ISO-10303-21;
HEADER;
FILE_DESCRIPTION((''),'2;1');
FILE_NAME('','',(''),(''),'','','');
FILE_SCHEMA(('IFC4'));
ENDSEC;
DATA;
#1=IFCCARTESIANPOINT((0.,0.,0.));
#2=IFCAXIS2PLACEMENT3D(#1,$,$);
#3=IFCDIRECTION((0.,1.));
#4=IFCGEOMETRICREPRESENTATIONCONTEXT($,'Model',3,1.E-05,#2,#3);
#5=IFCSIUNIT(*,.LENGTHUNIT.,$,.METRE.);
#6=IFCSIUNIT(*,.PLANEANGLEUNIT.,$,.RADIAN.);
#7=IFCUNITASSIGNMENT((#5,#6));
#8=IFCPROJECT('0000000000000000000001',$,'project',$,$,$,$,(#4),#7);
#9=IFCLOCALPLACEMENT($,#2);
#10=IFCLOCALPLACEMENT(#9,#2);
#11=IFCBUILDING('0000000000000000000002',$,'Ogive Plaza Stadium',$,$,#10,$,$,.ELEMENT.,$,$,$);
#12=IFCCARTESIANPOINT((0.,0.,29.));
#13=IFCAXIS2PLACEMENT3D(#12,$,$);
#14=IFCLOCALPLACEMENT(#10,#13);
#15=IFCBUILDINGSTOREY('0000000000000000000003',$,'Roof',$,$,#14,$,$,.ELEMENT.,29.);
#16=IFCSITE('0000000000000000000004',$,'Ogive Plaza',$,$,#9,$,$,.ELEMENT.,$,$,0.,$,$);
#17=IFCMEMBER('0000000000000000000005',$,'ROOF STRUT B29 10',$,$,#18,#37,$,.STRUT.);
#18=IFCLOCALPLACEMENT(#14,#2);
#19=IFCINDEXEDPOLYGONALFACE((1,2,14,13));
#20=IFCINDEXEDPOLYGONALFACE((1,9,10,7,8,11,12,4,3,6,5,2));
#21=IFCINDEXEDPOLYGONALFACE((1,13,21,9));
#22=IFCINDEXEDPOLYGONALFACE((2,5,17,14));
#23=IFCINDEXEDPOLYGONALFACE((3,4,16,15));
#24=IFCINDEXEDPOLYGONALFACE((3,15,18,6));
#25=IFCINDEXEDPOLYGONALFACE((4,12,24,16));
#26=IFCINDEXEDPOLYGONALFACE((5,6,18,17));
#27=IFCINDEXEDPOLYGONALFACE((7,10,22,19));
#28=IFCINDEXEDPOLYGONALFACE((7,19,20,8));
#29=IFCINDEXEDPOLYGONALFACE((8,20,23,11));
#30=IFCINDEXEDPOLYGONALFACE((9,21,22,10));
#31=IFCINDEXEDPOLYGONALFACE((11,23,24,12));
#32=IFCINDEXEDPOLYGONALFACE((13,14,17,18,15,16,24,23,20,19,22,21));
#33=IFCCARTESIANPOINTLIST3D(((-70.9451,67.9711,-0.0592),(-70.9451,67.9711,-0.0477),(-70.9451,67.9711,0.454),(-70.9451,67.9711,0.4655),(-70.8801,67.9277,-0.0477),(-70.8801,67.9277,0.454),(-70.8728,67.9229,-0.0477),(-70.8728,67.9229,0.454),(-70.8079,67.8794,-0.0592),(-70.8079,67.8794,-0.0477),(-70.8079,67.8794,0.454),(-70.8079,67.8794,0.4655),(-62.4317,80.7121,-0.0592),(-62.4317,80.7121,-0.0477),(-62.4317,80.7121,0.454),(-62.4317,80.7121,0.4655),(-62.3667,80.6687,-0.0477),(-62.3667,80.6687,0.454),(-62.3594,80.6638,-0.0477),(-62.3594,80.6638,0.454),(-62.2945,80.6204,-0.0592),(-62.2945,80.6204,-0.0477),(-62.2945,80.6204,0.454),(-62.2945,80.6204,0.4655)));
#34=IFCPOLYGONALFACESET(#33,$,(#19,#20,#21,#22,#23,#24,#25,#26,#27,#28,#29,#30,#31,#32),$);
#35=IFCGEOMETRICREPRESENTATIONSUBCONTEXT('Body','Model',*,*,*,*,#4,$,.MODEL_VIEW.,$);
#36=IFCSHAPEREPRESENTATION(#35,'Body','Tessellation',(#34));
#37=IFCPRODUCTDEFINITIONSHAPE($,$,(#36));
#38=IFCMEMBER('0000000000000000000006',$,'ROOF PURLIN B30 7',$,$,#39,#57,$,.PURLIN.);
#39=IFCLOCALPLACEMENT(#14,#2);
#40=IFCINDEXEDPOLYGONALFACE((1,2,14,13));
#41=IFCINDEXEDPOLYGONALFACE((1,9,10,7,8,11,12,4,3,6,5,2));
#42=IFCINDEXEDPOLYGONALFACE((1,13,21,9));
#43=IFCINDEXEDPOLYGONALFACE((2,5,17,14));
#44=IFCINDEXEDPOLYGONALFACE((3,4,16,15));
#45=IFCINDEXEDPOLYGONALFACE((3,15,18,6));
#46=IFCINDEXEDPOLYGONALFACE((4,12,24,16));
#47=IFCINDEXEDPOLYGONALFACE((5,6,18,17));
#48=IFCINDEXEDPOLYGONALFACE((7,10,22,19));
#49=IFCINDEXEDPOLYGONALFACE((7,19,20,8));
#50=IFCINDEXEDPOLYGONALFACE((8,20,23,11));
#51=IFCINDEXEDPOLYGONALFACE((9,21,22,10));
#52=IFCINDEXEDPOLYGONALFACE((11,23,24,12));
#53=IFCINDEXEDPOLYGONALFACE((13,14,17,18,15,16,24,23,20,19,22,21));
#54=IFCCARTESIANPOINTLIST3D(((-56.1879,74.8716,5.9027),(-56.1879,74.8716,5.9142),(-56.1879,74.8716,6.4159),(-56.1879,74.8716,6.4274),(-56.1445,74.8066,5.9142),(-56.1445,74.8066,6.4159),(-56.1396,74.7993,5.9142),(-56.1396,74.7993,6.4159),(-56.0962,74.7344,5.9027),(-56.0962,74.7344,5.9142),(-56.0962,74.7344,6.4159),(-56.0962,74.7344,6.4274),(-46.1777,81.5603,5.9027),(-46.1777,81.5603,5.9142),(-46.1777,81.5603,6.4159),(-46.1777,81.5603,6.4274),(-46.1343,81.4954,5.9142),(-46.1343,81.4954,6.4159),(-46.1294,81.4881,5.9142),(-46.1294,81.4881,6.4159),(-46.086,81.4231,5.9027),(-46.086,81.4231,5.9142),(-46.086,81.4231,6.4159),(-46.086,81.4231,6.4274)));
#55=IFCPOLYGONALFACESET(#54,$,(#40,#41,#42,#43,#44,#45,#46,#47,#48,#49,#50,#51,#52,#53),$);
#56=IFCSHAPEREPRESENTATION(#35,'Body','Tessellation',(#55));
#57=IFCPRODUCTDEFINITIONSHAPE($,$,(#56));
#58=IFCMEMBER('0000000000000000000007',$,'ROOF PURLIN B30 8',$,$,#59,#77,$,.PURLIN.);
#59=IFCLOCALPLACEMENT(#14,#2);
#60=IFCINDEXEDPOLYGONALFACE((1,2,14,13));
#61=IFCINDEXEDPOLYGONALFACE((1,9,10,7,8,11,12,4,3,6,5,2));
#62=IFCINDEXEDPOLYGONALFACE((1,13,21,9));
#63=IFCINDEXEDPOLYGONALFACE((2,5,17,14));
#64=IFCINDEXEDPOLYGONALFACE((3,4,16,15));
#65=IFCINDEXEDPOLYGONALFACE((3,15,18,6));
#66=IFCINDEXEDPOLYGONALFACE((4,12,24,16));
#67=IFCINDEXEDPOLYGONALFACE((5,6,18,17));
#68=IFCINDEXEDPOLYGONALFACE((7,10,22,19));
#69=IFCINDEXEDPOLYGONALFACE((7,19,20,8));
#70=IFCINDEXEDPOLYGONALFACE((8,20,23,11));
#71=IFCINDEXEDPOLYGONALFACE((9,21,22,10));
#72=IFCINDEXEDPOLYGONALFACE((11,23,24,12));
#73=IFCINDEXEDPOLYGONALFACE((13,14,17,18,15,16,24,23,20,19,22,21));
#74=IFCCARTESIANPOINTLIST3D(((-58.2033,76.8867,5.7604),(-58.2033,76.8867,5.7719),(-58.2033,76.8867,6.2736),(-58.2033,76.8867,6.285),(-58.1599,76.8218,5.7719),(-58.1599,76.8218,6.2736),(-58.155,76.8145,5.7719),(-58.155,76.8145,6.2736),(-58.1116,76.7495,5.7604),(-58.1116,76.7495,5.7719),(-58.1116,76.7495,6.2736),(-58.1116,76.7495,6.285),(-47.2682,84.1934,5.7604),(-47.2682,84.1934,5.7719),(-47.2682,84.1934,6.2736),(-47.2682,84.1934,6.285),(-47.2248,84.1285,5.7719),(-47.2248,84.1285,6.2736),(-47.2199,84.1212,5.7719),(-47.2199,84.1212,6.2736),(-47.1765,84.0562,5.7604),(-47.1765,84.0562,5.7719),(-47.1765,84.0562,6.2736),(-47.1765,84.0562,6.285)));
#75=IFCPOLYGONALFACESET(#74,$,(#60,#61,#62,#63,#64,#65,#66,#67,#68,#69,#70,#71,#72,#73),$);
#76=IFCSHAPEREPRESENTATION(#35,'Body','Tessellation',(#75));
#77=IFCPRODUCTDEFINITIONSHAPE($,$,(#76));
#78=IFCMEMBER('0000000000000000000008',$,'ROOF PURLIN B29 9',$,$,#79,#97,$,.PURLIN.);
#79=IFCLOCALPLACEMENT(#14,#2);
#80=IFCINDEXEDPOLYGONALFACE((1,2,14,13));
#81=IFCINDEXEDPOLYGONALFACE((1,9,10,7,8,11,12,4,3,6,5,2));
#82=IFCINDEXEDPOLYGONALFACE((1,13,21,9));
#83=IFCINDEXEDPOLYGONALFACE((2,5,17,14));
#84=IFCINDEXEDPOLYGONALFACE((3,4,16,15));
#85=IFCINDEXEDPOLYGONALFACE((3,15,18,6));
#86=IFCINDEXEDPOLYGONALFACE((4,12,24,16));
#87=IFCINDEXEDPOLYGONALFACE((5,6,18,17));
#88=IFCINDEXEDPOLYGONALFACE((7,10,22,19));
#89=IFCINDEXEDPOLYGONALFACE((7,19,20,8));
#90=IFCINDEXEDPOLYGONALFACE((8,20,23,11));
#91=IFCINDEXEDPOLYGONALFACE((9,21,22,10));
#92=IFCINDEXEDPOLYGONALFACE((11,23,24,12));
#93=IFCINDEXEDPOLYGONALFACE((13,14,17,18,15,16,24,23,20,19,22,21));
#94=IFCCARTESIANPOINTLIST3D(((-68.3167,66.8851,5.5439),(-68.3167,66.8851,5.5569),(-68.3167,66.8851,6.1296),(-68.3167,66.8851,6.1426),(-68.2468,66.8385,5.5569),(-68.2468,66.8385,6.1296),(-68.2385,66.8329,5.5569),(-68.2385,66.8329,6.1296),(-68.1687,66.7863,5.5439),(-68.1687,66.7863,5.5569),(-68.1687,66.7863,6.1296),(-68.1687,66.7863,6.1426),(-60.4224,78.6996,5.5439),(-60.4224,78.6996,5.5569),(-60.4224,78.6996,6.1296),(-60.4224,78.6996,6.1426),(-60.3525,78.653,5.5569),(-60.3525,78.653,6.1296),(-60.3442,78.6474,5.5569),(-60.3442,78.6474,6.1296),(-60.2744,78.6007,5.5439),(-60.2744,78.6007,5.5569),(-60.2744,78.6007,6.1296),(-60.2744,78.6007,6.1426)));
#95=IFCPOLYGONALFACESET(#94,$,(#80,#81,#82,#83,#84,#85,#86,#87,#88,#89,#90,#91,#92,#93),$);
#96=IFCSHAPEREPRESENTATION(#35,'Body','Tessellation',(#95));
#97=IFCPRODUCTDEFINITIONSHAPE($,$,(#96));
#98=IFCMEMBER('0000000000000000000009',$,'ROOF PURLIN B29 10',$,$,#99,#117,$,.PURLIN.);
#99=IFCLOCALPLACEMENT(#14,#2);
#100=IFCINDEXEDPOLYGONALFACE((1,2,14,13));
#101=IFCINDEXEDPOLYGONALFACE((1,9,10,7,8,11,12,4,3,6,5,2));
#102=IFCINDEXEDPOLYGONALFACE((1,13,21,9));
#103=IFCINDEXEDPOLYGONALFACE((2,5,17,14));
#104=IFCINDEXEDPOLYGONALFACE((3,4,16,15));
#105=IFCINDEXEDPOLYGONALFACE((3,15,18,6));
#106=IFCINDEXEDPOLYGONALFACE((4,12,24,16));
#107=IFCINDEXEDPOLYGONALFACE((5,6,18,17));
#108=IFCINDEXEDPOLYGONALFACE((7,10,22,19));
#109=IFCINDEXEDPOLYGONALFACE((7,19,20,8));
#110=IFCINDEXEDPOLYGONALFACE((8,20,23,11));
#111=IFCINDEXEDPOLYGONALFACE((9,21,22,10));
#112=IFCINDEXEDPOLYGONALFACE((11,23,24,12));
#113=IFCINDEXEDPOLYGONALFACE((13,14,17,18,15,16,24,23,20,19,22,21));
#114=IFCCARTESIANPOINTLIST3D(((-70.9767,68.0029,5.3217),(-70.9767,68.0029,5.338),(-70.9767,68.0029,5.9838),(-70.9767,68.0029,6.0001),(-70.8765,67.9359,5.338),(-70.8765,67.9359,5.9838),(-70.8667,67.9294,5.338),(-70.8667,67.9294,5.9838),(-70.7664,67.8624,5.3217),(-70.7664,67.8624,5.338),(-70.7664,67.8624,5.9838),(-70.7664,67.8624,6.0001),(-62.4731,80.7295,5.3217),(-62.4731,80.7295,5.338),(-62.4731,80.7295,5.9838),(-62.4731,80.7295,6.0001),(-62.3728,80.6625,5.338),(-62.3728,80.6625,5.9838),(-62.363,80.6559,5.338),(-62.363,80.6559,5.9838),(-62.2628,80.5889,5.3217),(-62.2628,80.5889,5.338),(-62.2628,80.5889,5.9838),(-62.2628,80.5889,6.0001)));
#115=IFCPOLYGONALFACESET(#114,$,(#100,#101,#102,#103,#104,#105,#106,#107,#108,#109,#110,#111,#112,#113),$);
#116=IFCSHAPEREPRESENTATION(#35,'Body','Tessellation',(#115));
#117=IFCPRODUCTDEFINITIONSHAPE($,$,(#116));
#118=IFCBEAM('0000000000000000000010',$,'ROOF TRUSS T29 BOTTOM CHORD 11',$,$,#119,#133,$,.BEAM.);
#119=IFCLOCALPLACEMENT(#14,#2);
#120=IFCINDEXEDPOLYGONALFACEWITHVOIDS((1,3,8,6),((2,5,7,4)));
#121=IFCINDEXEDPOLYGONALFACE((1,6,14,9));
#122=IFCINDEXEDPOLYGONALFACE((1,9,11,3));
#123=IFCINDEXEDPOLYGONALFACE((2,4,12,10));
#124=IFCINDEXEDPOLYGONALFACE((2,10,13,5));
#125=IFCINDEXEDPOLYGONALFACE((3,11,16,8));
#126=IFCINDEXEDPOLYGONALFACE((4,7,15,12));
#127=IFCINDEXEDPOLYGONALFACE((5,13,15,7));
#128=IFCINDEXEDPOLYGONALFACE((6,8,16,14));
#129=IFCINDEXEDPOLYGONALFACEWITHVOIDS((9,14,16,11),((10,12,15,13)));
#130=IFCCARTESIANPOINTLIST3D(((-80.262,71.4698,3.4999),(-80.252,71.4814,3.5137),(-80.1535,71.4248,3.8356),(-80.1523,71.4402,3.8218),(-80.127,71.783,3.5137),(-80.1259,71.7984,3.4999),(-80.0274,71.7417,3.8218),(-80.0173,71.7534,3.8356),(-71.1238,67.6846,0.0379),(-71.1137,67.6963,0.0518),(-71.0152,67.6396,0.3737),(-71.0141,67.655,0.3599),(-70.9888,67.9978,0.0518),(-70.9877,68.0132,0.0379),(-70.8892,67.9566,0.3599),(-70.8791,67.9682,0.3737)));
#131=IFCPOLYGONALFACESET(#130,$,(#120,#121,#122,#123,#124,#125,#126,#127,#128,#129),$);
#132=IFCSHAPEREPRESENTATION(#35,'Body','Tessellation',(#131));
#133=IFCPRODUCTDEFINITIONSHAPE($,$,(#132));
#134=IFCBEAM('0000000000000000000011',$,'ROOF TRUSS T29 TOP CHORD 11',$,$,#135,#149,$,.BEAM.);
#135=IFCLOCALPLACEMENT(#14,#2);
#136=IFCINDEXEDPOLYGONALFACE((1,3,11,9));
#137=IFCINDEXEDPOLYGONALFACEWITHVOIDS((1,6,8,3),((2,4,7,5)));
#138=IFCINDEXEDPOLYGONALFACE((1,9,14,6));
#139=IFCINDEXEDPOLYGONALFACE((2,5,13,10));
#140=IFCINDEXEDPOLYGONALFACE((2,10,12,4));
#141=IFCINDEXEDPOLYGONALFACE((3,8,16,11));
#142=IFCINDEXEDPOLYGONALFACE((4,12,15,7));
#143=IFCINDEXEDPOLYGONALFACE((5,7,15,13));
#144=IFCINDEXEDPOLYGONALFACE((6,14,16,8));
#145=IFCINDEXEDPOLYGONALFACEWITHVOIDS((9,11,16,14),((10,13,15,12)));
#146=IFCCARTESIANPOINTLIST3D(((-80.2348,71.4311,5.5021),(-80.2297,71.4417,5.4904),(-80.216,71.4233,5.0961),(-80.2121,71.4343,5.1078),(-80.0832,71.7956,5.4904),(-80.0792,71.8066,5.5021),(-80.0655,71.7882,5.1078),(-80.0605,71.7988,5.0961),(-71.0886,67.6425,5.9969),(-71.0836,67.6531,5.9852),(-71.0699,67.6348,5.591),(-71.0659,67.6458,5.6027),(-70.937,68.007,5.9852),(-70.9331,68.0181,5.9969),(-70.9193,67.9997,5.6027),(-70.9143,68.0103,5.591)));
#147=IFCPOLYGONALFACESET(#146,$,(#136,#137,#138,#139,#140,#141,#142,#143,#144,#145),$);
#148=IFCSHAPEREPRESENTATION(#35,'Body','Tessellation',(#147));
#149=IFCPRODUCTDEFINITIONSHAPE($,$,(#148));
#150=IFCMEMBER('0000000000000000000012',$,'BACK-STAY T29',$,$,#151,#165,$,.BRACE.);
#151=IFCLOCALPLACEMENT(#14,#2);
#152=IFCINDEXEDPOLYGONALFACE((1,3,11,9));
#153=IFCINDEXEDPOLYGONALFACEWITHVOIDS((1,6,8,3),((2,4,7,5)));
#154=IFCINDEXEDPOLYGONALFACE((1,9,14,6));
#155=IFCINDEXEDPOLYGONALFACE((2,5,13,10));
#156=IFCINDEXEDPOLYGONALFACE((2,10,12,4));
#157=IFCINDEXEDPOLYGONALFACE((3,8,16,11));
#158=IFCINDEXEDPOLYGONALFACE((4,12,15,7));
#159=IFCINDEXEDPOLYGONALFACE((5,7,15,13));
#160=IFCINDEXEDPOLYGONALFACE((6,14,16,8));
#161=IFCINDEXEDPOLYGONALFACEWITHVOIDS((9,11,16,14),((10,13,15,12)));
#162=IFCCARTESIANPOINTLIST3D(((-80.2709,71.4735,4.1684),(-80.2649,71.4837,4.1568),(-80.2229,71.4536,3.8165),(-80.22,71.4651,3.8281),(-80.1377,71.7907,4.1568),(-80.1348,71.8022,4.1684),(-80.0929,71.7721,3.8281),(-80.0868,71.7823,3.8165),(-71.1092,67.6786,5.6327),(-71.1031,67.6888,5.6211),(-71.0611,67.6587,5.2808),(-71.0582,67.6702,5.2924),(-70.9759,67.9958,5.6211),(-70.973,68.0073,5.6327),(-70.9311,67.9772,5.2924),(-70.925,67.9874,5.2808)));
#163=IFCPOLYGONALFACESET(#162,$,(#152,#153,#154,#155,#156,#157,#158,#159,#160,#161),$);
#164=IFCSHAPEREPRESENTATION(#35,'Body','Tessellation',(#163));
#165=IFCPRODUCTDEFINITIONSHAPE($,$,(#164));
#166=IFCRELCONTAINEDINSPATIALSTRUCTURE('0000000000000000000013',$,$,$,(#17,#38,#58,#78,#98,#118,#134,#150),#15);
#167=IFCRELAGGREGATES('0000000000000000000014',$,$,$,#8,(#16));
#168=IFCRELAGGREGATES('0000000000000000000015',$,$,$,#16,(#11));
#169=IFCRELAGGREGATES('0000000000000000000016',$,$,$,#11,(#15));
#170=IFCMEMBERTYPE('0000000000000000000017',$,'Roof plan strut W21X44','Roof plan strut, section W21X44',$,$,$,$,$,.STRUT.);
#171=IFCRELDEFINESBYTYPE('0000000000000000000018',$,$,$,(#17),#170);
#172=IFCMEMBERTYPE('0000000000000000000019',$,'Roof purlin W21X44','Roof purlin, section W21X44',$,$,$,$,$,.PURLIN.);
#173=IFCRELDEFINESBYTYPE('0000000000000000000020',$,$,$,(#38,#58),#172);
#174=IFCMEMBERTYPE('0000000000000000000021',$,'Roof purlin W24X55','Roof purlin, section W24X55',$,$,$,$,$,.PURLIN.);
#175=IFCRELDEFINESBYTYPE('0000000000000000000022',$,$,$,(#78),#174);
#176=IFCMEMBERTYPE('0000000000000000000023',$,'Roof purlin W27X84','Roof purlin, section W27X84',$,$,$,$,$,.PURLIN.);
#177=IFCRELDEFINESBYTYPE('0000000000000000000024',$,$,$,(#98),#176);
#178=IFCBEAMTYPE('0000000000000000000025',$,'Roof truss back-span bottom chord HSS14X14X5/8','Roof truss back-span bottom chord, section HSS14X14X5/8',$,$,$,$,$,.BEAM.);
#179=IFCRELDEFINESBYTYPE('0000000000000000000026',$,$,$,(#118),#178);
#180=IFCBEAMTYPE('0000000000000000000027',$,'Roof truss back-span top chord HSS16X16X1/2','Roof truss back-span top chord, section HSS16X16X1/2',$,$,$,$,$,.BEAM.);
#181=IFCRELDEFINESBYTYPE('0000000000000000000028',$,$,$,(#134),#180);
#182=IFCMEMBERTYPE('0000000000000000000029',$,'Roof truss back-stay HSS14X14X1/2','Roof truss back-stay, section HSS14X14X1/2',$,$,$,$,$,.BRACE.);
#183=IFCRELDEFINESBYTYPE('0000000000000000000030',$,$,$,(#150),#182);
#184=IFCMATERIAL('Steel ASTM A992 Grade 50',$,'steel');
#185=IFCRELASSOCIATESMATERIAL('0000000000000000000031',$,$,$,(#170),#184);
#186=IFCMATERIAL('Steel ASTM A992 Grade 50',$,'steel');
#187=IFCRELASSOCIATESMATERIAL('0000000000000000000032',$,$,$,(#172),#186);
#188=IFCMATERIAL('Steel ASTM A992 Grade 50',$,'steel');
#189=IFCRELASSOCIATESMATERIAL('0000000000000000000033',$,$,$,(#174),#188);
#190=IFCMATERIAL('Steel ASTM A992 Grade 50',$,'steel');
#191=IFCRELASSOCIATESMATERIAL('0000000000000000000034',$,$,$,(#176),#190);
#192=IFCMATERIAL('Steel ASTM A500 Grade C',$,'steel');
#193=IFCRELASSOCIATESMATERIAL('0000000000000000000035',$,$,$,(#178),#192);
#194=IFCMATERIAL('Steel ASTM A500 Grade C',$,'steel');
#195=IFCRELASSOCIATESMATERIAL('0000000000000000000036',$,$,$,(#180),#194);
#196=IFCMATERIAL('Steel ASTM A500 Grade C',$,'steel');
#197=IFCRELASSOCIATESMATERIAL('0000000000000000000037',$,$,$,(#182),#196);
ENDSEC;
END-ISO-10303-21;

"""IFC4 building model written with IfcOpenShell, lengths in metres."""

from ifc_helpers import new_model, si_unit, direction, frame, origin, origin_2d, place, context, subcontext, project, spatial, hollow_rectangle, i_section, extrude, material, material_profile, profile_set, type_object, element, save


model = new_model("IFC4")

# Units and contexts
model_context = context("Model", 3, precision=1e-05, world=origin(), true_north=direction((0.0, 1.0)))
body_context = subcontext(model_context, "Body", "Model", "MODEL_VIEW")
ifc_project = project(units=[si_unit("LENGTHUNIT", "METRE"), si_unit("PLANEANGLEUNIT", "RADIAN")], contexts=[model_context])

# Site, building, storey
site_placement = place(None, origin())
site = spatial("IfcSite", under=ifc_project, at=site_placement, Name="Ogive Plaza", CompositionType="ELEMENT", RefElevation=0.0)
building_placement = place(site_placement, origin())
building = spatial("IfcBuilding", under=site, at=building_placement, Name="Ogive Plaza Stadium", CompositionType="ELEMENT")
storey_placement = place(building_placement, frame((0.0, 0.0, 29.0)))
storey = spatial("IfcBuildingStorey", under=building, at=storey_placement, Name="Roof", CompositionType="ELEMENT", Elevation=29.0)

# Members
ifc_material_1 = material(Name="Steel ASTM A992 Grade 50", Category="steel")
ifc_material_profile_1 = material_profile(ifc_material_1, i_section(OverallWidth=0.165, OverallDepth=0.5247, WebThickness=0.0088, FlangeThickness=0.0115, at=origin_2d()), Name="W21X44")
ifc_profile_set_1 = profile_set([ifc_material_profile_1], Name="Steel ASTM A992 Grade 50")
member_type_1 = type_object("IfcMemberType", Name="Roof plan strut W21X44", Description="Roof plan strut, section W21X44", PredefinedType="STRUT", material=ifc_profile_set_1)
member_1_placement = place(storey_placement, frame((-70.8765, 67.9253, 0.2031), z_axis=(0.555579, 0.831464, 0.0), x_axis=(-0.831464, 0.555579, 0.0)))
element("IfcMember", 1, at=member_1_placement, inside=storey, type_object=member_type_1, Name="ROOF STRUT B29 10", PredefinedType="STRUT", context=body_context, shape_type="SweptSolid", body=[
    extrude(i_section(OverallWidth=0.165, OverallDepth=0.5247, WebThickness=0.0088, FlangeThickness=0.0115, at=origin_2d()), origin(), (0.0, 0.0, 1.0), 15.3235),
])
ifc_material_2 = material(Name="Steel ASTM A992 Grade 50", Category="steel")
ifc_material_profile_2 = material_profile(ifc_material_2, i_section(OverallWidth=0.165, OverallDepth=0.5247, WebThickness=0.0088, FlangeThickness=0.0115, at=origin_2d()), Name="W21X44")
ifc_profile_set_2 = profile_set([ifc_material_profile_2], Name="Steel ASTM A992 Grade 50")
member_type_2 = type_object("IfcMemberType", Name="Roof purlin W21X44", Description="Roof purlin, section W21X44", PredefinedType="PURLIN", material=ifc_profile_set_2)
member_2_placement = place(storey_placement, frame((-56.1421, 74.803, 6.165), z_axis=(0.831466, 0.555575, 0.0), x_axis=(-0.555575, 0.831466, 0.0)))
element("IfcMember", 2, at=member_2_placement, inside=storey, type_object=member_type_2, Name="ROOF PURLIN B30 7", PredefinedType="PURLIN", context=body_context, shape_type="SweptSolid", body=[
    extrude(i_section(OverallWidth=0.165, OverallDepth=0.5247, WebThickness=0.0088, FlangeThickness=0.0115, at=origin_2d()), origin(), (0.0, 0.0, 1.0), 12.0393),
])
member_3_placement = place(storey_placement, frame((-58.1575, 76.8181, 6.0227), z_axis=(0.831467, 0.555574, 0.0), x_axis=(-0.555574, 0.831467, 0.0)))
element("IfcMember", 3, at=member_3_placement, inside=storey, type_object=member_type_2, Name="ROOF PURLIN B30 8", PredefinedType="PURLIN", context=body_context, shape_type="SweptSolid", body=[
    extrude(i_section(OverallWidth=0.165, OverallDepth=0.5247, WebThickness=0.0088, FlangeThickness=0.0115, at=origin_2d()), origin(), (0.0, 0.0, 1.0), 13.1516),
])
ifc_material_3 = material(Name="Steel ASTM A992 Grade 50", Category="steel")
ifc_material_profile_3 = material_profile(ifc_material_3, i_section(OverallWidth=0.178, OverallDepth=0.5986, WebThickness=0.01, FlangeThickness=0.0129, at=origin_2d()), Name="W24X55")
ifc_profile_set_3 = profile_set([ifc_material_profile_3], Name="Steel ASTM A992 Grade 50")
member_type_3 = type_object("IfcMemberType", Name="Roof purlin W24X55", Description="Roof purlin, section W24X55", PredefinedType="PURLIN", material=ifc_profile_set_3)
member_4_placement = place(storey_placement, frame((-68.2427, 66.8357, 5.8433), z_axis=(0.555576, 0.831466, 0.0), x_axis=(-0.831466, 0.555576, 0.0)))
element("IfcMember", 4, at=member_4_placement, inside=storey, type_object=member_type_3, Name="ROOF PURLIN B29 9", PredefinedType="PURLIN", context=body_context, shape_type="SweptSolid", body=[
    extrude(i_section(OverallWidth=0.178, OverallDepth=0.5986, WebThickness=0.01, FlangeThickness=0.0129, at=origin_2d()), origin(), (0.0, 0.0, 1.0), 14.2092),
])
ifc_material_4 = material(Name="Steel ASTM A992 Grade 50", Category="steel")
ifc_material_profile_4 = material_profile(ifc_material_4, i_section(OverallWidth=0.2529, OverallDepth=0.6785, WebThickness=0.0117, FlangeThickness=0.0164, at=origin_2d()), Name="W27X84")
ifc_profile_set_4 = profile_set([ifc_material_profile_4], Name="Steel ASTM A992 Grade 50")
member_type_4 = type_object("IfcMemberType", Name="Roof purlin W27X84", Description="Roof purlin, section W27X84", PredefinedType="PURLIN", material=ifc_profile_set_4)
member_5_placement = place(storey_placement, frame((-70.8716, 67.9326, 5.6609), z_axis=(0.555572, 0.831468, 0.0), x_axis=(-0.831468, 0.555572, 0.0)))
element("IfcMember", 5, at=member_5_placement, inside=storey, type_object=member_type_4, Name="ROOF PURLIN B29 10", PredefinedType="PURLIN", context=body_context, shape_type="SweptSolid", body=[
    extrude(i_section(OverallWidth=0.2529, OverallDepth=0.6785, WebThickness=0.0117, FlangeThickness=0.0164, at=origin_2d()), origin(), (0.0, 0.0, 1.0), 15.3062),
])

# Beams
ifc_material_5 = material(Name="Steel ASTM A500 Grade C", Category="steel")
ifc_material_profile_5 = material_profile(ifc_material_5, hollow_rectangle(XDim=0.3557, YDim=0.3557, WallThickness=0.0146, at=origin_2d()), Name="HSS14X14X5/8")
ifc_profile_set_5 = profile_set([ifc_material_profile_5], Name="Steel ASTM A500 Grade C")
beam_type_1 = type_object("IfcBeamType", Name="Roof truss back-span bottom chord HSS14X14X5/8", Description="Roof truss back-span bottom chord, section HSS14X14X5/8", PredefinedType="BEAM", material=ifc_profile_set_5)
beam_1_placement = place(storey_placement, frame((-71.0015, 67.8264, 0.2058), z_axis=(-0.872011, 0.361198, 0.330353), x_axis=(-0.382683, -0.92388, 0.0)))
element("IfcBeam", 6, at=beam_1_placement, inside=storey, type_object=beam_type_1, Name="ROOF TRUSS T29 BOTTOM CHORD 11", PredefinedType="BEAM", context=body_context, shape_type="SweptSolid", body=[
    extrude(hollow_rectangle(XDim=0.3557, YDim=0.3557, WallThickness=0.0146, at=origin_2d()), origin(), (0.0, 0.0, 1.0), 10.4795),
])
ifc_material_6 = material(Name="Steel ASTM A500 Grade C", Category="steel")
ifc_material_profile_6 = material_profile(ifc_material_6, hollow_rectangle(XDim=0.4065, YDim=0.4065, WallThickness=0.0117, at=origin_2d()), Name="HSS16X16X1/2")
ifc_profile_set_6 = profile_set([ifc_material_profile_6], Name="Steel ASTM A500 Grade C")
beam_type_2 = type_object("IfcBeamType", Name="Roof truss back-span top chord HSS16X16X1/2", Description="Roof truss back-span top chord, section HSS16X16X1/2", PredefinedType="BEAM", material=ifc_profile_set_6)
beam_2_placement = place(storey_placement, frame((-71.0015, 67.8264, 5.7939), z_axis=(-0.922725, 0.382213, -0.049926), x_axis=(-0.38269, -0.923877, 0.0)))
element("IfcBeam", 7, at=beam_2_placement, inside=storey, type_object=beam_type_2, Name="ROOF TRUSS T29 TOP CHORD 11", PredefinedType="BEAM", context=body_context, shape_type="SweptSolid", body=[
    extrude(hollow_rectangle(XDim=0.4065, YDim=0.4065, WallThickness=0.0117, at=origin_2d()), origin(), (0.0, 0.0, 1.0), 9.9121),
])

# Member
ifc_material_7 = material(Name="Steel ASTM A500 Grade C", Category="steel")
ifc_material_profile_7 = material_profile(ifc_material_7, hollow_rectangle(XDim=0.3557, YDim=0.3557, WallThickness=0.0117, at=origin_2d()), Name="HSS14X14X1/2")
ifc_profile_set_7 = profile_set([ifc_material_profile_7], Name="Steel ASTM A500 Grade C")
member_type_5 = type_object("IfcMemberType", Name="Roof truss back-stay HSS14X14X1/2", Description="Roof truss back-stay, section HSS14X14X1/2", PredefinedType="BRACE", material=ifc_profile_set_7)
member_6_placement = place(storey_placement, frame((-71.0171, 67.833, 5.4568), z_axis=(-0.91397, 0.378574, -0.146081), x_axis=(-0.382679, -0.923881, 0.0)))
element("IfcMember", 8, at=member_6_placement, inside=storey, type_object=member_type_5, Name="BACK-STAY T29", PredefinedType="BRACE", context=body_context, shape_type="SweptSolid", body=[
    extrude(hollow_rectangle(XDim=0.3557, YDim=0.3557, WallThickness=0.0117, at=origin_2d()), origin(), (0.0, 0.0, 1.0), 10.0242),
])

save(model, "model.ifc")
